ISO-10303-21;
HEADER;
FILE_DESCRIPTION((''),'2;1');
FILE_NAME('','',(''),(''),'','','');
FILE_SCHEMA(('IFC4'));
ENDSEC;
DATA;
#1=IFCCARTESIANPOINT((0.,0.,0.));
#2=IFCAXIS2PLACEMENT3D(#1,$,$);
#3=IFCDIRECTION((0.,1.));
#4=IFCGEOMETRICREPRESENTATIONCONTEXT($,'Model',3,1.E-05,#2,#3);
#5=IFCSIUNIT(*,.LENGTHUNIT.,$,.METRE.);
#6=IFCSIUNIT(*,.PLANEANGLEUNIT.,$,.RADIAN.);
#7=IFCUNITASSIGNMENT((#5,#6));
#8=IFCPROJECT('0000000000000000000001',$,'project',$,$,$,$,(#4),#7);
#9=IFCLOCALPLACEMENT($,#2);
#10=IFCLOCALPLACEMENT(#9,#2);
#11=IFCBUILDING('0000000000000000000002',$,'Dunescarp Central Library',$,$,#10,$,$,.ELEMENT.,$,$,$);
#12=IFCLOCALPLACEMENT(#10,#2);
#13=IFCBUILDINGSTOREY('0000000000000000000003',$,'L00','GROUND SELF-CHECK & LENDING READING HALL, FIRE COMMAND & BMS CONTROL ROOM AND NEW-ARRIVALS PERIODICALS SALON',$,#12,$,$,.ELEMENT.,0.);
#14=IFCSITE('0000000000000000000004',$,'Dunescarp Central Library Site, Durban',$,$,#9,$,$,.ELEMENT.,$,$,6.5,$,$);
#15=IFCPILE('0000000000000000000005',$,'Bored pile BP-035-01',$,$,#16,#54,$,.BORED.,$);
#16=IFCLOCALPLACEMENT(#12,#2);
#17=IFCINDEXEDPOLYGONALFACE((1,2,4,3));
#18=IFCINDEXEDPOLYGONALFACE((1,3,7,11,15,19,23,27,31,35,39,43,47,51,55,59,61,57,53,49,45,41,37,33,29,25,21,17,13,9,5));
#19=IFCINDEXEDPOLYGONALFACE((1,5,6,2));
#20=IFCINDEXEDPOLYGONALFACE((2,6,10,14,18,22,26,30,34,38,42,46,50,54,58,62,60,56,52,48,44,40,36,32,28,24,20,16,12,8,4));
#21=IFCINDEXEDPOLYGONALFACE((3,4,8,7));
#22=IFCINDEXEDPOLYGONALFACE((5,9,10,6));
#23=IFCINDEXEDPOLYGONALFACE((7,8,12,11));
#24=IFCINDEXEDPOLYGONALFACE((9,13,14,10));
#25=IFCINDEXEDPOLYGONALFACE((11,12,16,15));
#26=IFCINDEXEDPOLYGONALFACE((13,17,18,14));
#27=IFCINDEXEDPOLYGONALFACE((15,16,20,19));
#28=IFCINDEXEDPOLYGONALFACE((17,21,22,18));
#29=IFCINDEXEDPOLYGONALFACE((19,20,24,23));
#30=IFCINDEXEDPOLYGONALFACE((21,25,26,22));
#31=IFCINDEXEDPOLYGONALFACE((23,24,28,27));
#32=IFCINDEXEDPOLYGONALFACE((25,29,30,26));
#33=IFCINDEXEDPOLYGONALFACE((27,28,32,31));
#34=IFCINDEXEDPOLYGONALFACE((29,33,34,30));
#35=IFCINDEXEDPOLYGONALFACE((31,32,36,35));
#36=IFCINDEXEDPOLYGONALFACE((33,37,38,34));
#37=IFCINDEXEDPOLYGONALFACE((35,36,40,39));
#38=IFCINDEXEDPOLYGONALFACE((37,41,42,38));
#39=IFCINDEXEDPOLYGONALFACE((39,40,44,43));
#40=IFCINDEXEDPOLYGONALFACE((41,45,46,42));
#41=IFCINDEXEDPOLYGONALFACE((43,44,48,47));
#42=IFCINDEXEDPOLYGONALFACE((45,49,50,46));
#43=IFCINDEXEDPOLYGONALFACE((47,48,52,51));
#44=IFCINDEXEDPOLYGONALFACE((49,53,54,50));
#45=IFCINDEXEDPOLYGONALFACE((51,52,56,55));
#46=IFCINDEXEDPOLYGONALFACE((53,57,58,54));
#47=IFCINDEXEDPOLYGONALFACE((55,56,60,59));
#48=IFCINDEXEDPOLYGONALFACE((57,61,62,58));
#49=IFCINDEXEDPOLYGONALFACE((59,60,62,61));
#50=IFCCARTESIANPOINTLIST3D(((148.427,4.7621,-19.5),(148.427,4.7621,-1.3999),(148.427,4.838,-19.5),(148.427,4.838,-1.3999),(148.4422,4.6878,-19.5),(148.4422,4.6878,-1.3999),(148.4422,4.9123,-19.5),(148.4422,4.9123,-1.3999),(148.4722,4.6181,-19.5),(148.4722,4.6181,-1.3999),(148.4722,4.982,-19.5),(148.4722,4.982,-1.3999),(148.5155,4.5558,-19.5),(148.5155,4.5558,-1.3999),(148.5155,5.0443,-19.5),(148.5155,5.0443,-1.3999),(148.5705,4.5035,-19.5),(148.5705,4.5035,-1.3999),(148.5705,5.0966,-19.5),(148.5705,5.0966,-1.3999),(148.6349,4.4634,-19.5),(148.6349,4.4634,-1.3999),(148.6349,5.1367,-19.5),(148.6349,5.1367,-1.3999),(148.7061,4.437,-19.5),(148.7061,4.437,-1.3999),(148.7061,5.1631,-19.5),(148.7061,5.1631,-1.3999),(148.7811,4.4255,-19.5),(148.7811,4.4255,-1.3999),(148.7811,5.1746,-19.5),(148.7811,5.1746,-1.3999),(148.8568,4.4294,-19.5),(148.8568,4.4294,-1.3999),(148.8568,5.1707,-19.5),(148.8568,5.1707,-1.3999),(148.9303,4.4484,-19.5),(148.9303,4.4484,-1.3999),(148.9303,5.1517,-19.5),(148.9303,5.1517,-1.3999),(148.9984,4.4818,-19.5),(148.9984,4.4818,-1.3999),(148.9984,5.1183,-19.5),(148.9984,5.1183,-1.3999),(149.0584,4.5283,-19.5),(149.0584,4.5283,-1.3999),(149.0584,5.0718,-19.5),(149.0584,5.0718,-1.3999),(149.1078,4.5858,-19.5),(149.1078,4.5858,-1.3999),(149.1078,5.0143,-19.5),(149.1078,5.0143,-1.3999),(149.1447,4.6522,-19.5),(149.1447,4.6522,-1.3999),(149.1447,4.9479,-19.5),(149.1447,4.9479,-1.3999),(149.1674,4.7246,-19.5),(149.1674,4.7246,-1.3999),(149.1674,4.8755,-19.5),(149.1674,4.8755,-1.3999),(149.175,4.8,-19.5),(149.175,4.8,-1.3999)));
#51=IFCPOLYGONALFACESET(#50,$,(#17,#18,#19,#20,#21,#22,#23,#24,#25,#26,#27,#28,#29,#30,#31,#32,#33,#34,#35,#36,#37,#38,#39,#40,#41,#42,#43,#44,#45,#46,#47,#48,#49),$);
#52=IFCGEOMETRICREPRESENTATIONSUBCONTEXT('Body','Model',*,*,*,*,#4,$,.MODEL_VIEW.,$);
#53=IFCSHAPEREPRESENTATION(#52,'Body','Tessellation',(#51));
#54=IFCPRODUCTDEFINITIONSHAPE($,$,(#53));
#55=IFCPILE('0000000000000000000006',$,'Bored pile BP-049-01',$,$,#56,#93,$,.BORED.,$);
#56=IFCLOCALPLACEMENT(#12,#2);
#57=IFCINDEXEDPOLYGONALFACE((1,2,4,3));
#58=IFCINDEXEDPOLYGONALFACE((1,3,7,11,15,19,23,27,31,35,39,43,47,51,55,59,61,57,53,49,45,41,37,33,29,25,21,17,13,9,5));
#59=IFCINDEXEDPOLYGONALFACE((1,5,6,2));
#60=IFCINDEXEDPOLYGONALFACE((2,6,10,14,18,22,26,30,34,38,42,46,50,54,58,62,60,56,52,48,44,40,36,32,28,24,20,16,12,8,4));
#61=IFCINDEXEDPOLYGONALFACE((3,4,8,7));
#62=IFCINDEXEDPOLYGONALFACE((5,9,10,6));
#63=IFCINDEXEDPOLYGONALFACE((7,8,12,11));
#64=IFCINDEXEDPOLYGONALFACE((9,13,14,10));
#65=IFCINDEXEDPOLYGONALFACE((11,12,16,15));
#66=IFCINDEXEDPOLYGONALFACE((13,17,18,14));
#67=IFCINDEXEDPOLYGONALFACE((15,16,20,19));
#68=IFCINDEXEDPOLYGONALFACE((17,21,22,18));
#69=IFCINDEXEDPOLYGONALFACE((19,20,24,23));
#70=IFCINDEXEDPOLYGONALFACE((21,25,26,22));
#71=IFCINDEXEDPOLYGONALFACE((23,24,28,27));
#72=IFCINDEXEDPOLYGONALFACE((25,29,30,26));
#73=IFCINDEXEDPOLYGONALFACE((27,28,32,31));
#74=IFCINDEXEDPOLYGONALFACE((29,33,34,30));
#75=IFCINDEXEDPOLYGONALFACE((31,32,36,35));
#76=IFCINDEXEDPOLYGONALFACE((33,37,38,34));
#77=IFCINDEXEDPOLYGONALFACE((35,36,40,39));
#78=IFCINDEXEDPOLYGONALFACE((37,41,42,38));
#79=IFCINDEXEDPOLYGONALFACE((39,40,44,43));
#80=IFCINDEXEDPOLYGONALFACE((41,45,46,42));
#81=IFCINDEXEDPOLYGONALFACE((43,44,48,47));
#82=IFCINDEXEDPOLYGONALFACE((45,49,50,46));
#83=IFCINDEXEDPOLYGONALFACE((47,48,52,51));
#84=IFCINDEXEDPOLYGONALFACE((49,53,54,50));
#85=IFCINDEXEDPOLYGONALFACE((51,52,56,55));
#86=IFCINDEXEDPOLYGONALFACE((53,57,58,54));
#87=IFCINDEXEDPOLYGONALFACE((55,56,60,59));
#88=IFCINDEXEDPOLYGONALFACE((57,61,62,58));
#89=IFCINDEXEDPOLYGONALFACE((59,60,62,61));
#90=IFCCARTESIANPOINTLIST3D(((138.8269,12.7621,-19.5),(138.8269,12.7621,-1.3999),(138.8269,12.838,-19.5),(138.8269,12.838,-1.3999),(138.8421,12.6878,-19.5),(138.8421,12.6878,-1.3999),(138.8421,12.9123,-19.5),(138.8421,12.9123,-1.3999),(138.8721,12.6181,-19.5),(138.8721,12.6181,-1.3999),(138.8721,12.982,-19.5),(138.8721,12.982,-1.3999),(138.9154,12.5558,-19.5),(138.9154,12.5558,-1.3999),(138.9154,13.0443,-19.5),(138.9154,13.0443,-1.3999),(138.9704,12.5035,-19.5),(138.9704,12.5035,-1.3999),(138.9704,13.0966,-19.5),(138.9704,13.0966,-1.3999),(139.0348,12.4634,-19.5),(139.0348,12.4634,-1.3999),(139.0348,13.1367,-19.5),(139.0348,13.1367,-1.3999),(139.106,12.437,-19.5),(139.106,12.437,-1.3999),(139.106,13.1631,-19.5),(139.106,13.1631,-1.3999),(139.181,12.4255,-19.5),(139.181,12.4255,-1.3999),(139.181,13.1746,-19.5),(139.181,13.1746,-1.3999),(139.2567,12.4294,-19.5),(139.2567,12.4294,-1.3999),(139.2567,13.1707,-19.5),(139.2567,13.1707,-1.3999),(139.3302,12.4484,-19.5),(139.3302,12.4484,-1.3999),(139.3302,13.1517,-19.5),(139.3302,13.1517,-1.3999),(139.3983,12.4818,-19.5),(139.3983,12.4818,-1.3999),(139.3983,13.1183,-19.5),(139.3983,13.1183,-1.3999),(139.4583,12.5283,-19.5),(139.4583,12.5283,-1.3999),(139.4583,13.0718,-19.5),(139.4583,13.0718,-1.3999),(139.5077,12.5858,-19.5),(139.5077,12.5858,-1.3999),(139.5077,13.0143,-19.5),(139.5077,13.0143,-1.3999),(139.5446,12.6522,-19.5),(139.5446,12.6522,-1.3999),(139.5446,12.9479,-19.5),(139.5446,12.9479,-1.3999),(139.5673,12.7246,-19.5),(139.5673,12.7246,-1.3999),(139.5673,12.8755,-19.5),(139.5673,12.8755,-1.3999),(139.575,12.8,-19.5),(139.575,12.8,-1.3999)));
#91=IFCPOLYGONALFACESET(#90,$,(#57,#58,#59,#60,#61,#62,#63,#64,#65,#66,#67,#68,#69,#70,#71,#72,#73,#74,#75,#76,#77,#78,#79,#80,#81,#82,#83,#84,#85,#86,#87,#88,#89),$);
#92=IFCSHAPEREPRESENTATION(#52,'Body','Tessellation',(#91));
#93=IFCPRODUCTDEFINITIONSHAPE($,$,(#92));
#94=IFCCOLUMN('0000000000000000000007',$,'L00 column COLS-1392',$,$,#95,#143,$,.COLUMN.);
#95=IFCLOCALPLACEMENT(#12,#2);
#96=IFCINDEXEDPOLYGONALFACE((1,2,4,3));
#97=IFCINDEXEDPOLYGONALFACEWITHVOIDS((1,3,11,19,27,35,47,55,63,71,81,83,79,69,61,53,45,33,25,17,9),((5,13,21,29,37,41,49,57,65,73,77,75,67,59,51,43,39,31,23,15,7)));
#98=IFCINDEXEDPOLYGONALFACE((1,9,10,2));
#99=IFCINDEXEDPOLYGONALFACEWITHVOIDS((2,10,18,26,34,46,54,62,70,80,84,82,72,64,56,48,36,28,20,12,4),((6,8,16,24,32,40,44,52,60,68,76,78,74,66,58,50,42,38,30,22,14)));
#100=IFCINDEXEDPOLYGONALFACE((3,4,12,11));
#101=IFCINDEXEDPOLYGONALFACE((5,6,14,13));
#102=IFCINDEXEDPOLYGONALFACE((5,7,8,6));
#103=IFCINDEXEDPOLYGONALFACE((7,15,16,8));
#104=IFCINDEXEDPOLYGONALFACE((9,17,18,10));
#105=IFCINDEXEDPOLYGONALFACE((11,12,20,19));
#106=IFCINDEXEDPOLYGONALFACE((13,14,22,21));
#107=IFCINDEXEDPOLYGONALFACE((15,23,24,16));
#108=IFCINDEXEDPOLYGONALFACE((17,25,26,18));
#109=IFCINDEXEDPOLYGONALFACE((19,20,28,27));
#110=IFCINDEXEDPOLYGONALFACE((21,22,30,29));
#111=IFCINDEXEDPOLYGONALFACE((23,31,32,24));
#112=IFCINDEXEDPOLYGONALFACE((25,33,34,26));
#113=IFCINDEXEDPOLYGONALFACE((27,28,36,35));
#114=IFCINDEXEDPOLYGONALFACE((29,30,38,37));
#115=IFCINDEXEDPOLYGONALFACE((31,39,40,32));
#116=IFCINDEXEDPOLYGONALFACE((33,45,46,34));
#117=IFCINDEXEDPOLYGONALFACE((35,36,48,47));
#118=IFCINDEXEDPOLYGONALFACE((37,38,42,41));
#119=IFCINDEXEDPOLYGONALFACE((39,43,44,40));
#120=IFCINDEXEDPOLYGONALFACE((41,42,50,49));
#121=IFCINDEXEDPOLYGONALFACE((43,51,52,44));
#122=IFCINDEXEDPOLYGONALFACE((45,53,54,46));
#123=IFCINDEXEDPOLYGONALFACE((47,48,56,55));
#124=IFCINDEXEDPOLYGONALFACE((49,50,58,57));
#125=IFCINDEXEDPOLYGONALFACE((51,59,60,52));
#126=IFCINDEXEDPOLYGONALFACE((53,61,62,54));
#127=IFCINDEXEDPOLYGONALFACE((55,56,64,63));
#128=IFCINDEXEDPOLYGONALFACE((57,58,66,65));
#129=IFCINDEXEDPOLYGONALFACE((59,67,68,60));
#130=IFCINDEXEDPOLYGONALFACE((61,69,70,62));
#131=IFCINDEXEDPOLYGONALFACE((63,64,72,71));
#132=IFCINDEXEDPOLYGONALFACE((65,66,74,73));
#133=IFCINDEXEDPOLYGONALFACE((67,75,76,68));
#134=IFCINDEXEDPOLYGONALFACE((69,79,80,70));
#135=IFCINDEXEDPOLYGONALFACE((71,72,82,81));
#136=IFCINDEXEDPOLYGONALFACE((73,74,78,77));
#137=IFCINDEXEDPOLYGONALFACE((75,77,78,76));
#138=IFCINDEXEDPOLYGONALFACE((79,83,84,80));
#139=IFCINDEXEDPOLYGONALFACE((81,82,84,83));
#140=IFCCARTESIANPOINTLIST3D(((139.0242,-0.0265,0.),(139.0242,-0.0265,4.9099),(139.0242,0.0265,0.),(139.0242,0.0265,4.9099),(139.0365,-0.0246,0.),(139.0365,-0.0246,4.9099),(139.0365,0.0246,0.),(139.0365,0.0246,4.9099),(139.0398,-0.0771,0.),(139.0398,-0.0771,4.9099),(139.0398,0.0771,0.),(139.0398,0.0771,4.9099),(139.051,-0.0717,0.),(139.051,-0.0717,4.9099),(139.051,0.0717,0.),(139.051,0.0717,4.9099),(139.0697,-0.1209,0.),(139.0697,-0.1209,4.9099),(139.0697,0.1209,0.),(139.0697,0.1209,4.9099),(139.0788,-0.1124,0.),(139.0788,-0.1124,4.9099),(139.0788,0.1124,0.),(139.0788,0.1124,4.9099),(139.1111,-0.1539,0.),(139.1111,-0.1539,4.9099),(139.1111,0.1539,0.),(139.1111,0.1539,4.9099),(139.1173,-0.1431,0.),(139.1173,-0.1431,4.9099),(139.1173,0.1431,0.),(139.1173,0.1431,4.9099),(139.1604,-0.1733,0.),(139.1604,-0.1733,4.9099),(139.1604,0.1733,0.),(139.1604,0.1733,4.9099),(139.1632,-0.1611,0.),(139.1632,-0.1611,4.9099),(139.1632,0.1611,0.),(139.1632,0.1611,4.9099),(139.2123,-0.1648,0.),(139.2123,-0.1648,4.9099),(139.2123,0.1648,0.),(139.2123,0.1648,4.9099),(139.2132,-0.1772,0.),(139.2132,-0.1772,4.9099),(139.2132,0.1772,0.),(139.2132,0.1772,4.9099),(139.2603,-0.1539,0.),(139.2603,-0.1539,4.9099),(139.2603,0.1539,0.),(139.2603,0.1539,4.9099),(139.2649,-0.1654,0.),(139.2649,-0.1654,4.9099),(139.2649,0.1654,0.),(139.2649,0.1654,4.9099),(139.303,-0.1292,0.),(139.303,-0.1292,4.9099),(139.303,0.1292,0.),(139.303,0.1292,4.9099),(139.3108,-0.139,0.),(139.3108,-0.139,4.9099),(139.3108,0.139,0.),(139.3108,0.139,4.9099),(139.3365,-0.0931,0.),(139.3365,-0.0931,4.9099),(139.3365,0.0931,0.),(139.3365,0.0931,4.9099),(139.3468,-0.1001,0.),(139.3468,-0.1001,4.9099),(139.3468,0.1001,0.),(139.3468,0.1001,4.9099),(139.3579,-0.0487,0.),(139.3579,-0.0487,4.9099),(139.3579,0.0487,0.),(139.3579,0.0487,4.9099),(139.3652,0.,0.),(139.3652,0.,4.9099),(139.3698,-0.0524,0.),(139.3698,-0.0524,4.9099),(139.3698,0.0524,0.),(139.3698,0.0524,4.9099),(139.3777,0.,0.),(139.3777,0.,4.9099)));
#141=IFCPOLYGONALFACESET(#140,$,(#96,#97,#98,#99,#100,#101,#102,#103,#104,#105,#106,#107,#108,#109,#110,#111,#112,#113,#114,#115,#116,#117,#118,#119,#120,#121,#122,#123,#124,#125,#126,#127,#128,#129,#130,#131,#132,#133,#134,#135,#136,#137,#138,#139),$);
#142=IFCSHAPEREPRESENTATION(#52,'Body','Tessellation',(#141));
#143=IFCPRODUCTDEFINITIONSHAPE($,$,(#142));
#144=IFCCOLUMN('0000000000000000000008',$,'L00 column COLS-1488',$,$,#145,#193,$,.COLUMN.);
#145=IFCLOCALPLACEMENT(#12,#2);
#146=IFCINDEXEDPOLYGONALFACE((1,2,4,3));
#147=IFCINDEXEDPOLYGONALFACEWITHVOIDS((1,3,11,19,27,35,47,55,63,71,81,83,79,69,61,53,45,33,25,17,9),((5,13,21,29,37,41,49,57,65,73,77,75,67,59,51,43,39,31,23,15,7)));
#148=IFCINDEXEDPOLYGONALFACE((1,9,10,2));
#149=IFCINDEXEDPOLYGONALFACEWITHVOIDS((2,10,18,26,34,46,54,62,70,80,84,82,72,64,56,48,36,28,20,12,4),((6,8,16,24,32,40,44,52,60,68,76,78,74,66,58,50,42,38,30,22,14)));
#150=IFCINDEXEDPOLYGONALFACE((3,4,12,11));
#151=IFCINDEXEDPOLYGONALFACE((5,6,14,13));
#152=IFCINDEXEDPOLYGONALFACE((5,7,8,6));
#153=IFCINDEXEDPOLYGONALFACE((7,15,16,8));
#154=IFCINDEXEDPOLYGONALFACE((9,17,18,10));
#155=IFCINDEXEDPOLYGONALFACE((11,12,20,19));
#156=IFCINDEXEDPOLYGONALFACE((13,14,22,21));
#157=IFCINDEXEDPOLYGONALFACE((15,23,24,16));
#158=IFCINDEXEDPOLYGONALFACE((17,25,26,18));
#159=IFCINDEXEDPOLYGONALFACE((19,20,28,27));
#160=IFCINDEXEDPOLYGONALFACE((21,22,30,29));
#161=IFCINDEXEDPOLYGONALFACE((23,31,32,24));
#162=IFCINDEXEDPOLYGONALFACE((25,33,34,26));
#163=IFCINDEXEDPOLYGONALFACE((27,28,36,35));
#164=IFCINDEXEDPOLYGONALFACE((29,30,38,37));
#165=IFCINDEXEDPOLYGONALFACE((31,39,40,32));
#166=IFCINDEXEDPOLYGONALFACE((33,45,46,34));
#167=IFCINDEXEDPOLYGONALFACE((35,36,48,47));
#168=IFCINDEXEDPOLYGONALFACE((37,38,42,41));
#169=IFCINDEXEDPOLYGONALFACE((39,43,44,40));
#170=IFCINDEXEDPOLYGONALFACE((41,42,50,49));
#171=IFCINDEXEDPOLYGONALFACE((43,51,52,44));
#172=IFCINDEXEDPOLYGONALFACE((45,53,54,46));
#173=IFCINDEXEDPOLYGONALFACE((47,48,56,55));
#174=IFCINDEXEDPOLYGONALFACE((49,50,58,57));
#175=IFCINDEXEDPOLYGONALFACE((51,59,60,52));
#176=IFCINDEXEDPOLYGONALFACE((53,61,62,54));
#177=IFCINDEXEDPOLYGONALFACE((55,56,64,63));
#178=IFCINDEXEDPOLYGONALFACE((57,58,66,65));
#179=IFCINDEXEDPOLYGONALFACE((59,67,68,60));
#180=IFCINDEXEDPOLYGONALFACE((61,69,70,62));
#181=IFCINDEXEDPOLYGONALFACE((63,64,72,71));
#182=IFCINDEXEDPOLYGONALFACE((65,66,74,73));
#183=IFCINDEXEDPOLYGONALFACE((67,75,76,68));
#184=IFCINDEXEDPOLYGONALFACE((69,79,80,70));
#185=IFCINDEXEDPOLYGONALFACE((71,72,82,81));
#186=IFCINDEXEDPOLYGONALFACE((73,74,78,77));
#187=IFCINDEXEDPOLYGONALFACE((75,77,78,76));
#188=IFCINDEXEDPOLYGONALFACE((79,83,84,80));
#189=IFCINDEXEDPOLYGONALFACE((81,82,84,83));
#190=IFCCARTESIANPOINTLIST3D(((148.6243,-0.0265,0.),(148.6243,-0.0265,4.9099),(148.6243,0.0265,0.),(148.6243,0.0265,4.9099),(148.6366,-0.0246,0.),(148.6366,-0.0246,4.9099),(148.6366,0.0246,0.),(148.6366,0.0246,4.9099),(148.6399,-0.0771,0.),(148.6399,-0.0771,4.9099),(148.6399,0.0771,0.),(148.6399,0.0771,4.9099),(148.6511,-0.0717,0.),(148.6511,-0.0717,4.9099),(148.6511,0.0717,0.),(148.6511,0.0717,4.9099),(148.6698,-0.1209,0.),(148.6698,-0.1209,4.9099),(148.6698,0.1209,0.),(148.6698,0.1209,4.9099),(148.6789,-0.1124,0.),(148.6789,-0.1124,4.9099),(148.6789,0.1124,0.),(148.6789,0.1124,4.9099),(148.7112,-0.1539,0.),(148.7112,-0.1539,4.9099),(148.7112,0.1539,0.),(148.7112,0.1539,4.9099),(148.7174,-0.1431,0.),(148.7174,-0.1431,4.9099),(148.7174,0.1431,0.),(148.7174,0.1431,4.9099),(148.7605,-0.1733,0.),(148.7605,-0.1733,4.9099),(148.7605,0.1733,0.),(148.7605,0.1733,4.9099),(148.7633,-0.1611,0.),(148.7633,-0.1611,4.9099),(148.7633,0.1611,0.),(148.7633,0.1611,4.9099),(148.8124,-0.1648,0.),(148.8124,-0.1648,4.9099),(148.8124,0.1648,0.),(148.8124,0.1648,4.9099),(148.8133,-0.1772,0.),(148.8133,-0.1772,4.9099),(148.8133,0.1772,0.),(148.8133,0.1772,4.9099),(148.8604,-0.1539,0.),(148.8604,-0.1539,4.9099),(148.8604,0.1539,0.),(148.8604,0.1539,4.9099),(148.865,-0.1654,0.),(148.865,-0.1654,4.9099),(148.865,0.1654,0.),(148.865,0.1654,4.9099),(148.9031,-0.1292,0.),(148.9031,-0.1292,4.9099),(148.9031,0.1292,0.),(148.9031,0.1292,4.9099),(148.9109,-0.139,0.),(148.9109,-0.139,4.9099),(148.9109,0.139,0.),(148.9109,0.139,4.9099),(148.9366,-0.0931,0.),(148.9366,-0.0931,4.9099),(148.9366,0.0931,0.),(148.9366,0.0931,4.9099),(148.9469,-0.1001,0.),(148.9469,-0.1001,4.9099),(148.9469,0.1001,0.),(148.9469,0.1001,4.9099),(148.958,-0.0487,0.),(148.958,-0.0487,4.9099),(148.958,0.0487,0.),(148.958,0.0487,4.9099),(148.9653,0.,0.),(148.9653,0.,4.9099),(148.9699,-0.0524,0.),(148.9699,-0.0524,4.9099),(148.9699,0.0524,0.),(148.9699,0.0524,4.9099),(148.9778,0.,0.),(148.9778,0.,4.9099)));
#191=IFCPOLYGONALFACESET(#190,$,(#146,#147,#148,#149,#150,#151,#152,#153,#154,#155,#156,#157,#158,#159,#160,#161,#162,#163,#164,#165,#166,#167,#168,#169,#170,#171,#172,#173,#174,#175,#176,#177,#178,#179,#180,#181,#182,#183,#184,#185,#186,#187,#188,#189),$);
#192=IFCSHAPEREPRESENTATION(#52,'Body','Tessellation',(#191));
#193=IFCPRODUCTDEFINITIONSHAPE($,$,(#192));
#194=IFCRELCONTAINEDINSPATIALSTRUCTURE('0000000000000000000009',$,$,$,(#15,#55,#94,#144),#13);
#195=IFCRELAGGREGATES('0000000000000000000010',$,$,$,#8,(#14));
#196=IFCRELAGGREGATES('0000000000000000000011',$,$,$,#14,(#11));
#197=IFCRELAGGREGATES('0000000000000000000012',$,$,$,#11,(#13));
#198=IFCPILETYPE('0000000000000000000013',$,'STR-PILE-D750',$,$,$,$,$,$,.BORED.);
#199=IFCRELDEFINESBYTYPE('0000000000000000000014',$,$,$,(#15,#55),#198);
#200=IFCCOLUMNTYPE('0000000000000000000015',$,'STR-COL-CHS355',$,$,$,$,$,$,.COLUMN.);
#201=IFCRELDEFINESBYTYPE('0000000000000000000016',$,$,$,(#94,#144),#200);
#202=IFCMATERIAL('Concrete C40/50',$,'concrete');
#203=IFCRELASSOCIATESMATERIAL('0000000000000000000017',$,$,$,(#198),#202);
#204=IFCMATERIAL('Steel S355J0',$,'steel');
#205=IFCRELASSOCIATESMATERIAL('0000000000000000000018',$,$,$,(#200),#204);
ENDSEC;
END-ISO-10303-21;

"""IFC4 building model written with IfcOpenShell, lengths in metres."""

from ifc_helpers import new_model, si_unit, direction, frame, origin, origin_2d, place, context, subcontext, project, spatial, circle, hollow_circle, extrude, material, material_profile, profile_set, type_object, element, save


model = new_model("IFC4")

# Units and contexts
model_context = context("Model", 3, precision=1e-05, world=origin(), true_north=direction((0.0, 1.0)))
body_context = subcontext(model_context, "Body", "Model", "MODEL_VIEW")
ifc_project = project(units=[si_unit("LENGTHUNIT", "METRE"), si_unit("PLANEANGLEUNIT", "RADIAN")], contexts=[model_context])

# Site, building, storey
site_placement = place(None, origin())
site = spatial("IfcSite", under=ifc_project, at=site_placement, Name="Dunescarp Central Library Site, Durban", CompositionType="ELEMENT", RefElevation=6.5)
building_placement = place(site_placement, origin())
building = spatial("IfcBuilding", under=site, at=building_placement, Name="Dunescarp Central Library", CompositionType="ELEMENT")
storey_placement = place(building_placement, origin())
storey = spatial("IfcBuildingStorey", under=building, at=storey_placement, Name="L00", Description="GROUND SELF-CHECK & LENDING READING HALL, FIRE COMMAND & BMS CONTROL ROOM AND NEW-ARRIVALS PERIODICALS SALON", CompositionType="ELEMENT", Elevation=0.0)

# Shared definitions
ifc_material_1 = material(Name="Concrete C40/50", Category="concrete")

# Piles
ifc_material_profile_1 = material_profile(ifc_material_1, circle(Radius=0.375, at=origin_2d()), Name="PILE D750")
ifc_profile_set_1 = profile_set([ifc_material_profile_1], Name="Concrete C40/50")
pile_type = type_object("IfcPileType", Name="STR-PILE-D750", PredefinedType="BORED", material=ifc_profile_set_1)
for number, where, z_axis, x_axis, name in (
    (1, (148.8, 4.8, -1.3999), (0.0, 0.0, -1.0), (1.0, 0.0, 0.0), "Bored pile BP-035-01"),
    (2, (139.2, 12.8, -1.3999), (0.0, 0.0, -1.0), (1.0, 0.0, 0.0), "Bored pile BP-049-01"),
):
    element("IfcPile", number, at=place(storey_placement, frame(where, z_axis=z_axis, x_axis=x_axis)), inside=storey, type_object=pile_type, Name=name, PredefinedType="BORED", context=body_context, shape_type="SweptSolid", body=[
        extrude(circle(Radius=0.375, at=origin_2d()), origin(), (0.0, 0.0, 1.0), 18.1001),
    ])

# Columns
ifc_material_2 = material(Name="Steel S355J0", Category="steel")
ifc_material_profile_2 = material_profile(ifc_material_2, hollow_circle(Radius=0.1777, WallThickness=0.0125, at=origin_2d()), Name="CHS 355.6x12.5")
ifc_profile_set_2 = profile_set([ifc_material_profile_2], Name="Steel S355J0")
column_type_1 = type_object("IfcColumnType", Name="STR-COL-CHS355", PredefinedType="COLUMN", material=ifc_profile_set_2)
for number, where, z_axis, x_axis, name in (
    (3, (139.2, 0.0, 0.0), (0.0, 0.0, 1.0), (1.0, 0.0, 0.0), "L00 column COLS-1392"),
    (4, (148.8, 0.0, 0.0), (0.0, 0.0, 1.0), (1.0, 0.0, 0.0), "L00 column COLS-1488"),
):
    element("IfcColumn", number, at=place(storey_placement, frame(where, z_axis=z_axis, x_axis=x_axis)), inside=storey, type_object=column_type_1, Name=name, PredefinedType="COLUMN", context=body_context, shape_type="SweptSolid", body=[
        extrude(hollow_circle(Radius=0.1777, WallThickness=0.0125, at=origin_2d()), origin(), (0.0, 0.0, 1.0), 4.9099),
    ])

save(model, "model.ifc")
